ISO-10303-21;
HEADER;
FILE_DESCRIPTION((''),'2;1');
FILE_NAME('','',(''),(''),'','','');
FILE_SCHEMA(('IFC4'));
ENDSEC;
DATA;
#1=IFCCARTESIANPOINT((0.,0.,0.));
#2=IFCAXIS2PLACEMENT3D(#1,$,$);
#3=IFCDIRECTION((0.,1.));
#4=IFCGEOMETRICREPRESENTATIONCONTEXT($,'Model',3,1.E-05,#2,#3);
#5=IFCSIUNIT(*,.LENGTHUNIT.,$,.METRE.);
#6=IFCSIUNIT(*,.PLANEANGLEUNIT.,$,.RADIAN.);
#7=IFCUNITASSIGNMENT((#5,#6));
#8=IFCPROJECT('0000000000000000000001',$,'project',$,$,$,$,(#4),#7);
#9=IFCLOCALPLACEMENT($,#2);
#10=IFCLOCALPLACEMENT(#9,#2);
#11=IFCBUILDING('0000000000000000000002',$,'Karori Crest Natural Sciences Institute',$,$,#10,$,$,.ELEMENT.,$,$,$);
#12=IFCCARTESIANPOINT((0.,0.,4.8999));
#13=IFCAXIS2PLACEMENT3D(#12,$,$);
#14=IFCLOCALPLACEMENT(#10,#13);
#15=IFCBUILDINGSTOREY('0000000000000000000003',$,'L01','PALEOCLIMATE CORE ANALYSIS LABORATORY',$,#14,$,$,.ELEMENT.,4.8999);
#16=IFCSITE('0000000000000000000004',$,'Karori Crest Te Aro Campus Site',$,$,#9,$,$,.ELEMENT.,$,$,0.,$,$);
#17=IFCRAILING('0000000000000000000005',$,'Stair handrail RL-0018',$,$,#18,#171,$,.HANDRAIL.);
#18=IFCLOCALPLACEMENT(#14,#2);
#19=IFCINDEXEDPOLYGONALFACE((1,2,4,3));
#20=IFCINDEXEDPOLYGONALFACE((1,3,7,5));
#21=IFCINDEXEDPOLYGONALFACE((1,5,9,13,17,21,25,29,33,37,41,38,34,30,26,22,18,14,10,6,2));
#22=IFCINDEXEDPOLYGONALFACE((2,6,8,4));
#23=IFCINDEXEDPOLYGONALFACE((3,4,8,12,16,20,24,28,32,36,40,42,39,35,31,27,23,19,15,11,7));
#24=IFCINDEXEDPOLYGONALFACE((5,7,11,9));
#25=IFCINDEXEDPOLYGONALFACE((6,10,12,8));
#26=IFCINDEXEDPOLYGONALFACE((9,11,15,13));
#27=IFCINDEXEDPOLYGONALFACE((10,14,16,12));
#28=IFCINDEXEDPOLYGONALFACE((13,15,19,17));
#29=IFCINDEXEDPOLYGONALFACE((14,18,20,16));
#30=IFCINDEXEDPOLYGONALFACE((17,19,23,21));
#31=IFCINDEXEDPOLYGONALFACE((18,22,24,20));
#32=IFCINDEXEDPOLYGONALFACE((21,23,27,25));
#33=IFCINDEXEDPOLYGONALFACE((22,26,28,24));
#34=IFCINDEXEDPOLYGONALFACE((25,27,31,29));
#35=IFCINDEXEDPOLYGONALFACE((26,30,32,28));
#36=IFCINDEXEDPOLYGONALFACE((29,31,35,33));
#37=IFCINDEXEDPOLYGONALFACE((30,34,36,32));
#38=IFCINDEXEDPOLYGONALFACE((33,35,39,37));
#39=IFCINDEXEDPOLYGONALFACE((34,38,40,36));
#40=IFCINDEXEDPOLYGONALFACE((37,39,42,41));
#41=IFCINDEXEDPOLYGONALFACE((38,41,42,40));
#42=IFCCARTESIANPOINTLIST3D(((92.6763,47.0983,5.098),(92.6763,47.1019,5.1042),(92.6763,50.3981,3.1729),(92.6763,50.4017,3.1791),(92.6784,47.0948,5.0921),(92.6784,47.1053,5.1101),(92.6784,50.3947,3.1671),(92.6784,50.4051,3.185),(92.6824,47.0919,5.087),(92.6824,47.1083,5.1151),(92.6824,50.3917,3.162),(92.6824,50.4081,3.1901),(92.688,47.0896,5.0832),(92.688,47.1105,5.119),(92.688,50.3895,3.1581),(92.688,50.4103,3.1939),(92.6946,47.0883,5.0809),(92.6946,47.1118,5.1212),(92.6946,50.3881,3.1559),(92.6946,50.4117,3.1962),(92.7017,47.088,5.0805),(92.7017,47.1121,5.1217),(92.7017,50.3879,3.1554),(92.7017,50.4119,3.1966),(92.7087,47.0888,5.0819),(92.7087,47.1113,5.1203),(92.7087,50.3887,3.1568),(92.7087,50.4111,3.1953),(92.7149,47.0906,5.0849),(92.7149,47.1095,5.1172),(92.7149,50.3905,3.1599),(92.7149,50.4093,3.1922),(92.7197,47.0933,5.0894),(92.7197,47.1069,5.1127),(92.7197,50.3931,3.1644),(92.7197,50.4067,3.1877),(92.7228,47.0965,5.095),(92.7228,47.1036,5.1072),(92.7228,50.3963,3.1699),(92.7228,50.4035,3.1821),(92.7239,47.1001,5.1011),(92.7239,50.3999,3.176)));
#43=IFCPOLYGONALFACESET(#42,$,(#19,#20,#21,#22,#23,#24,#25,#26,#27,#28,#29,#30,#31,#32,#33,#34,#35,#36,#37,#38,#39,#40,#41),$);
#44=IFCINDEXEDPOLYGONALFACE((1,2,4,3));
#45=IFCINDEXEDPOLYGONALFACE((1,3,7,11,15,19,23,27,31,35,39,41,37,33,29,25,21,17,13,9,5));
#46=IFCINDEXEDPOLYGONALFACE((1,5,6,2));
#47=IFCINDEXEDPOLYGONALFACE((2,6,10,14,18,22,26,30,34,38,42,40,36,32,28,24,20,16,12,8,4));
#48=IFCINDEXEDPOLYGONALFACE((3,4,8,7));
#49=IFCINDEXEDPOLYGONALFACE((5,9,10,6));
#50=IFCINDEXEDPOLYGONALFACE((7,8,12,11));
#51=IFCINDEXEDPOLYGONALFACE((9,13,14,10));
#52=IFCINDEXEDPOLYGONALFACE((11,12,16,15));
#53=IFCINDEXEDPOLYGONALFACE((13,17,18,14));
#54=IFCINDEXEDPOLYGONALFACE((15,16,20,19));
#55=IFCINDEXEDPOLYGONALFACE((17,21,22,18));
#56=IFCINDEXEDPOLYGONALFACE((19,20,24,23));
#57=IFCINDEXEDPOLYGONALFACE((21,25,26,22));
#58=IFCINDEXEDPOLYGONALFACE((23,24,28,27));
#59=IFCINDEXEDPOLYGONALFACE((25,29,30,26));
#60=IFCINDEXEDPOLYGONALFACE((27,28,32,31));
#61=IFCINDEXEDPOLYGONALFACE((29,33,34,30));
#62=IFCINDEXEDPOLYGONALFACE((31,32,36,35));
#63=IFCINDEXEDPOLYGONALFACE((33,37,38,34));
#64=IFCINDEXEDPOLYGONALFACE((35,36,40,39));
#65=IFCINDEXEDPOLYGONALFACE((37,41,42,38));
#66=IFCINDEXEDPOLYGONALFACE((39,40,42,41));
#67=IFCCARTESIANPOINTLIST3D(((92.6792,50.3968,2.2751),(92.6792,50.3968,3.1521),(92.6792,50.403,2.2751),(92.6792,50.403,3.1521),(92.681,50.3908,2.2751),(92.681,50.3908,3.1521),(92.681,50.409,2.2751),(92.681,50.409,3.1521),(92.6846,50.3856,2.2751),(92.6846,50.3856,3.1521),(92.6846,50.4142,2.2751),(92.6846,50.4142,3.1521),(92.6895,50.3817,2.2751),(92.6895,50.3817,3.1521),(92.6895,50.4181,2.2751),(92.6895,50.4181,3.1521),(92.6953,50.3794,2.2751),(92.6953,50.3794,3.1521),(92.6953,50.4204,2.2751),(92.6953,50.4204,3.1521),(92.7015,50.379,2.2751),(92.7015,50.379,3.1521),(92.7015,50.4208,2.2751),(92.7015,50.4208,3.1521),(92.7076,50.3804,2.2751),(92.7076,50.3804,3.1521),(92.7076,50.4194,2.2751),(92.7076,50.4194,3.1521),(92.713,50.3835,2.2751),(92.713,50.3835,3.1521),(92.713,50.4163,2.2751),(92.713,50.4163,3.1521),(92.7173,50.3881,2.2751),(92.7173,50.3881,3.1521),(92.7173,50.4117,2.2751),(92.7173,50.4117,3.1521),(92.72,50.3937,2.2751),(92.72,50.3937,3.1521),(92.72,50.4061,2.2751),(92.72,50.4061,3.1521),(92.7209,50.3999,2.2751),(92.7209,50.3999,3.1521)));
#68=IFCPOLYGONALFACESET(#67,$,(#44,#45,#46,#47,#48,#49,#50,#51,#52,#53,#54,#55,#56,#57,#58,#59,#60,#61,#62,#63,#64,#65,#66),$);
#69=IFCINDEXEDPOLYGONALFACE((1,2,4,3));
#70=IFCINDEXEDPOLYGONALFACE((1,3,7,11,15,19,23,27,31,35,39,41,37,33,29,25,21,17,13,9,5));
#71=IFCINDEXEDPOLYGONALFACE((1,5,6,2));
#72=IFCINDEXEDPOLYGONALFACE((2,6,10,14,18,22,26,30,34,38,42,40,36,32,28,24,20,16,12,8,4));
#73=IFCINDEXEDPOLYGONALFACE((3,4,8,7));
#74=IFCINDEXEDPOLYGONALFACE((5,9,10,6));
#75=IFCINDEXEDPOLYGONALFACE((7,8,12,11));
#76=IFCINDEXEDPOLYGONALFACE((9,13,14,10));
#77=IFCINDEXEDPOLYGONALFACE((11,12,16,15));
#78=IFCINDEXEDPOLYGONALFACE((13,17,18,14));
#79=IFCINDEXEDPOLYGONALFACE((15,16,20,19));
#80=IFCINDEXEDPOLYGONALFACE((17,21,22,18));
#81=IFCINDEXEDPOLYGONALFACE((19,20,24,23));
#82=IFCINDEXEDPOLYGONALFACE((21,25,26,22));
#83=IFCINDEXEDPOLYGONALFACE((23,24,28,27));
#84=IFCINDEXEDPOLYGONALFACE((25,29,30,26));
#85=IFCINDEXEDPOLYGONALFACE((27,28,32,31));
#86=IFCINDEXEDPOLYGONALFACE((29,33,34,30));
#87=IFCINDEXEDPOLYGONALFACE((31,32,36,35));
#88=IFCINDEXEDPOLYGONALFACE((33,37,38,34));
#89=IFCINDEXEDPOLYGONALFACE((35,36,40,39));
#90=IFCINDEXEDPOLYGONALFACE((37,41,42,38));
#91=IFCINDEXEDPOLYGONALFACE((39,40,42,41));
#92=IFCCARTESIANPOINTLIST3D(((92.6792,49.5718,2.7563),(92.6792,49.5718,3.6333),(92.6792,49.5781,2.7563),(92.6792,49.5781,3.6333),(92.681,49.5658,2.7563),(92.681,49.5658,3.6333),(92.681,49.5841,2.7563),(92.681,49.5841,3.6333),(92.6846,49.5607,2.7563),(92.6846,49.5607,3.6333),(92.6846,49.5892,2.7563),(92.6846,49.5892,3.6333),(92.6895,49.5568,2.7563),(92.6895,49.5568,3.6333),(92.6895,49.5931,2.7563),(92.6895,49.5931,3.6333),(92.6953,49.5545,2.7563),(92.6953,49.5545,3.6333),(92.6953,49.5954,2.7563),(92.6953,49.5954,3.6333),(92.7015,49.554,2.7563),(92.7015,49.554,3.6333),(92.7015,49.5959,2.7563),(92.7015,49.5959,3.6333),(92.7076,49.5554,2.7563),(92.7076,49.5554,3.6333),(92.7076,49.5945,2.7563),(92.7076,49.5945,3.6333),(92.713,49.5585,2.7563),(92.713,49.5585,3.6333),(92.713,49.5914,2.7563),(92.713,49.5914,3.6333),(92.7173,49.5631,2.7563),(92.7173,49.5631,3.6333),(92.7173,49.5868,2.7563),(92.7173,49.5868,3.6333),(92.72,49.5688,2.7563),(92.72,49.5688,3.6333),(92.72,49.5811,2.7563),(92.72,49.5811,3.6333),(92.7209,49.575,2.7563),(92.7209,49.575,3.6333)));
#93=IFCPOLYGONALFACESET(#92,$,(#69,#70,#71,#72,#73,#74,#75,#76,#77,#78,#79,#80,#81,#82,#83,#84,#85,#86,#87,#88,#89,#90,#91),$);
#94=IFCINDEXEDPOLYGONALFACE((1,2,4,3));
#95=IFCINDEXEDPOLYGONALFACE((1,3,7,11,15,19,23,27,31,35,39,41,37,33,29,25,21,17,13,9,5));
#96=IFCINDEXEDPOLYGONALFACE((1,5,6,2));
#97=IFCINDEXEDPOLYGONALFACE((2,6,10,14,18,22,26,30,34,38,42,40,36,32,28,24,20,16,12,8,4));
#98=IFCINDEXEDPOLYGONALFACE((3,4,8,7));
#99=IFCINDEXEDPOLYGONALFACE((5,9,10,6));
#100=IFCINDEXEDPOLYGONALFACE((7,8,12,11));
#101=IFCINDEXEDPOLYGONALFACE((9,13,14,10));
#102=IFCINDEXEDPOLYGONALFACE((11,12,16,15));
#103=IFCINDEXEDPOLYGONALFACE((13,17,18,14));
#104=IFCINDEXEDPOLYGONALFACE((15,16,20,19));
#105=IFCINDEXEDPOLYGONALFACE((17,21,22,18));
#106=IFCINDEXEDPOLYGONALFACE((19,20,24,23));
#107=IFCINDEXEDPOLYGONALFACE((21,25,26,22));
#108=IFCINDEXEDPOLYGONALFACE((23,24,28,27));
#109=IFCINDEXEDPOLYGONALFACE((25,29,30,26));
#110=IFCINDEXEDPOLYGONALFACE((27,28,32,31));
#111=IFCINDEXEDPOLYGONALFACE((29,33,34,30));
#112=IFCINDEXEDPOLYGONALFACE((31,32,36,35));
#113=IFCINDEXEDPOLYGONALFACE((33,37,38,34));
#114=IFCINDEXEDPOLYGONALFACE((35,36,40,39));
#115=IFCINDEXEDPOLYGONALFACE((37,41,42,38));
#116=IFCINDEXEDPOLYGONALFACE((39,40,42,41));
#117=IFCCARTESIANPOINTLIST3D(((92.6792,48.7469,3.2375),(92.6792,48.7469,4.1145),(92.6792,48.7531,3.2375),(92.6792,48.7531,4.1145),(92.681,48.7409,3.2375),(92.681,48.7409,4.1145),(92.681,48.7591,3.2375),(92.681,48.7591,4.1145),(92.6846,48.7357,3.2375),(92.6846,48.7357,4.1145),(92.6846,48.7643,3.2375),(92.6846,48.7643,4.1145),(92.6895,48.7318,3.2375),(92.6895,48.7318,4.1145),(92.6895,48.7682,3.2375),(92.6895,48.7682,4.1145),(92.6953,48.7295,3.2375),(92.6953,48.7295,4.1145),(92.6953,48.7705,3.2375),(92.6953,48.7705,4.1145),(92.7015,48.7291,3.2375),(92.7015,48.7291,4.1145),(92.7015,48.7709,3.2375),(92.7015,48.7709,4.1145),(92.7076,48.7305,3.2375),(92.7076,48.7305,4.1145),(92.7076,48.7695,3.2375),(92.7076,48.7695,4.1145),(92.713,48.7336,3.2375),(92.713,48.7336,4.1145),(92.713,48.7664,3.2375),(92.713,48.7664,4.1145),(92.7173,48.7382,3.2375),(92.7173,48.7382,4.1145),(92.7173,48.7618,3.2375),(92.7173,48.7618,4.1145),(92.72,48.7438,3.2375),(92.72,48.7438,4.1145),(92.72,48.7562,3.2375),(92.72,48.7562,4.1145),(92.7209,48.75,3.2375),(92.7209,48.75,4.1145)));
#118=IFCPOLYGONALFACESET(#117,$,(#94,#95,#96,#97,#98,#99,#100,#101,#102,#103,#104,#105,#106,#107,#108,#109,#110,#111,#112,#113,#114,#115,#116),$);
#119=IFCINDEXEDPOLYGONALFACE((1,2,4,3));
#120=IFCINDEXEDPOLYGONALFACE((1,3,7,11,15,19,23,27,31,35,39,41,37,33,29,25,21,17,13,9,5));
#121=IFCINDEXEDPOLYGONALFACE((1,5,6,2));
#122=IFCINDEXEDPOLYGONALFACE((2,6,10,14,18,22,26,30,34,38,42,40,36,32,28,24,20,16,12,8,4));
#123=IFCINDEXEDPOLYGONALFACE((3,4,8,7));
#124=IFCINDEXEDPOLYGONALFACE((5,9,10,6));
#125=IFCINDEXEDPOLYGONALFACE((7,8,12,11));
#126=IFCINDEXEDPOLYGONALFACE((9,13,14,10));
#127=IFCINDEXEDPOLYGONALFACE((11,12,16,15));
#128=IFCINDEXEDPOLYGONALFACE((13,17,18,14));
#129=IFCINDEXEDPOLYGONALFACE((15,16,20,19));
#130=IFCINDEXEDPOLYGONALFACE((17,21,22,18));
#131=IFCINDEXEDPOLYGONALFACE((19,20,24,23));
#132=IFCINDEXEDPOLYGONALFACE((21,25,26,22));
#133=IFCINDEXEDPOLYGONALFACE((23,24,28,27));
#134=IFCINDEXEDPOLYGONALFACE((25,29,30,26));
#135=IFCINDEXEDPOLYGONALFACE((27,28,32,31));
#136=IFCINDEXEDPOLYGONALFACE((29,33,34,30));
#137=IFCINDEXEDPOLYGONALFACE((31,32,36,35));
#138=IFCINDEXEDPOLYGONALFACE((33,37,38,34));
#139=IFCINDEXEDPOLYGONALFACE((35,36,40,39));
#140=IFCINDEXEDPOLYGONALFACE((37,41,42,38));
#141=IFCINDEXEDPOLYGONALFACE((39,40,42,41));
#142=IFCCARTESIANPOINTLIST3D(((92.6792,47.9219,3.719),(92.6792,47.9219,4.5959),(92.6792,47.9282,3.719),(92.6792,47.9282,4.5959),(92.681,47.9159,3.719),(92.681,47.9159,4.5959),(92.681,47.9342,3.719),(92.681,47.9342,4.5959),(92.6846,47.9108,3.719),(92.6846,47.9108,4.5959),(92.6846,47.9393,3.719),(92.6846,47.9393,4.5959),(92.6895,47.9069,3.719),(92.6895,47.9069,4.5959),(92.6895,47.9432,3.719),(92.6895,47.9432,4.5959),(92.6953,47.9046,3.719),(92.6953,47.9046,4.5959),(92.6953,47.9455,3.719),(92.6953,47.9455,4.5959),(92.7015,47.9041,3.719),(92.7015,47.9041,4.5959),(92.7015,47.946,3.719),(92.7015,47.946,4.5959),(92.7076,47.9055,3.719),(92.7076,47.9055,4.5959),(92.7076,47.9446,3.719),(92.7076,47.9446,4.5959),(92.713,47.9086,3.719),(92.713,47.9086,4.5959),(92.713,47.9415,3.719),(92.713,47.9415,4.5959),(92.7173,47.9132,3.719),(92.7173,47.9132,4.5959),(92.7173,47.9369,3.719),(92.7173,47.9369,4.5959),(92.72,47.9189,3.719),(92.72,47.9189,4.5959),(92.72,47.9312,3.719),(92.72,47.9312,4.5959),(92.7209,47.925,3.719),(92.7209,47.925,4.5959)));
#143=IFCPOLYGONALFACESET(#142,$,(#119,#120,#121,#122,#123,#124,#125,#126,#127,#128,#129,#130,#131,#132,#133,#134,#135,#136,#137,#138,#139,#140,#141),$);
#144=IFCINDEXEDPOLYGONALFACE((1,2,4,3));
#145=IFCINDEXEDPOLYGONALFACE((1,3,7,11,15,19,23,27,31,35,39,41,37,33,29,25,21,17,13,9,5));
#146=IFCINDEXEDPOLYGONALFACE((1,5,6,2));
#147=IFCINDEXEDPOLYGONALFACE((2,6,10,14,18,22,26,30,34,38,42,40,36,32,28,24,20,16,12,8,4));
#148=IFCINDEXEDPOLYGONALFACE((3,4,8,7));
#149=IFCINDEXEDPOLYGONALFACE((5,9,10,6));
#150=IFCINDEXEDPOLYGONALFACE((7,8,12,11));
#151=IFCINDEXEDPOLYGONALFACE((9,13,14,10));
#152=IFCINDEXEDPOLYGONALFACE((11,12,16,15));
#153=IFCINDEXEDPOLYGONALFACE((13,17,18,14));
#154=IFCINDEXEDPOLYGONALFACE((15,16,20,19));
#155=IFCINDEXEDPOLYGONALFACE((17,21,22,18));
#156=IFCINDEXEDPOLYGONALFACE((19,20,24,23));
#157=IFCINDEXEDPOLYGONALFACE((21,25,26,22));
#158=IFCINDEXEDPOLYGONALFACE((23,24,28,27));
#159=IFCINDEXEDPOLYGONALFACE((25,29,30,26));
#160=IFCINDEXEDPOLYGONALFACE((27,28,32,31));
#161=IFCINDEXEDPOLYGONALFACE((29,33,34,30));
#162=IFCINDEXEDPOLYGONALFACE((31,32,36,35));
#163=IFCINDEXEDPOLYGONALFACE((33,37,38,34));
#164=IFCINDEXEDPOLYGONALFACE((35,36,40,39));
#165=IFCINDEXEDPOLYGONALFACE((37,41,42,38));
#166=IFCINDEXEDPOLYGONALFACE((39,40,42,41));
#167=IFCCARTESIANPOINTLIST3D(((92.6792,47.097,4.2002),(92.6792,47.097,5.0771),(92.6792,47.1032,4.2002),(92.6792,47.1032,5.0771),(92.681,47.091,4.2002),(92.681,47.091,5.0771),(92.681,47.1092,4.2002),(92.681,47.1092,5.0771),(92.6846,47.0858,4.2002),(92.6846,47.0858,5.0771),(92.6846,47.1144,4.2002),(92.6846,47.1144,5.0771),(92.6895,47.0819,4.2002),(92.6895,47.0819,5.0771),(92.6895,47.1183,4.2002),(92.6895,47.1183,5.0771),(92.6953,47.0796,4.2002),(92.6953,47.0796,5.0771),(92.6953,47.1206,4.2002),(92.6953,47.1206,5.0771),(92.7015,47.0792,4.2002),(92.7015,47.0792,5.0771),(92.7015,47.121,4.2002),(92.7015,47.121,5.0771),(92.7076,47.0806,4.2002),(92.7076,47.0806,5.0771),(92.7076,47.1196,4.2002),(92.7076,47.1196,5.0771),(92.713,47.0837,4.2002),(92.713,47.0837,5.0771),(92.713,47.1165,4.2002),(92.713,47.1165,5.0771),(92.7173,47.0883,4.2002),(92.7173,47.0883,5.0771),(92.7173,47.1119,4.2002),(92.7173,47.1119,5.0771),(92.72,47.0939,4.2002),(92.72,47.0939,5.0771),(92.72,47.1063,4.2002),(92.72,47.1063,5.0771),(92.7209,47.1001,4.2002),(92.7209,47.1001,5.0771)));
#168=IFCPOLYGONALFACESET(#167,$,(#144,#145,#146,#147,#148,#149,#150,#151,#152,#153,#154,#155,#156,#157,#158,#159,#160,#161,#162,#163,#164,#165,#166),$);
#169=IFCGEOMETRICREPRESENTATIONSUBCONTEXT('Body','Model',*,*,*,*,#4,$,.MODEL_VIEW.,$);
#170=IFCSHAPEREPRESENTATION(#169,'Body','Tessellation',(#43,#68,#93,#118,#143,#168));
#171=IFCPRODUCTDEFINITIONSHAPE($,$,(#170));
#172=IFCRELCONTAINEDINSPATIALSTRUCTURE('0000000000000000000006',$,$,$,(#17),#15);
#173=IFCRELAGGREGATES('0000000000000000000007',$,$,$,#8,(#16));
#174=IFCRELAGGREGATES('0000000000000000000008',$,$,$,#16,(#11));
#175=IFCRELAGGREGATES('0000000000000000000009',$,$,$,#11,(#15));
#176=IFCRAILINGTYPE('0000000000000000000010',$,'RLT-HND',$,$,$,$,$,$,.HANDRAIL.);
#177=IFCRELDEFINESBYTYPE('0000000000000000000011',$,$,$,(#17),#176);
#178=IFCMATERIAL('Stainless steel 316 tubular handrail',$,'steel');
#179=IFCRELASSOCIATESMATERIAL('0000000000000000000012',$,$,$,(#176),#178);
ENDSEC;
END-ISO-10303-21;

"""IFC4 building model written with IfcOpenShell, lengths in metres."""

from ifc_helpers import new_model, si_unit, direction, frame, origin, origin_2d, place, context, subcontext, project, spatial, circle, extrude, material, type_object, element, save


model = new_model("IFC4")

# Units and contexts
model_context = context("Model", 3, precision=1e-05, world=origin(), true_north=direction((0.0, 1.0)))
body_context = subcontext(model_context, "Body", "Model", "MODEL_VIEW")
ifc_project = project(units=[si_unit("LENGTHUNIT", "METRE"), si_unit("PLANEANGLEUNIT", "RADIAN")], contexts=[model_context])

# Site, building, storey
site_placement = place(None, origin())
site = spatial("IfcSite", under=ifc_project, at=site_placement, Name="Karori Crest Te Aro Campus Site", CompositionType="ELEMENT", RefElevation=0.0)
building_placement = place(site_placement, origin())
building = spatial("IfcBuilding", under=site, at=building_placement, Name="Karori Crest Natural Sciences Institute", CompositionType="ELEMENT")
storey_placement = place(building_placement, frame((0.0, 0.0, 4.8999)))
storey = spatial("IfcBuildingStorey", under=building, at=storey_placement, Name="L01", Description="PALEOCLIMATE CORE ANALYSIS LABORATORY", CompositionType="ELEMENT", Elevation=4.8999)

# Railing
ifc_material_1 = material(Name="Stainless steel 316 tubular handrail", Category="steel")
railing_type_1 = type_object("IfcRailingType", Name="RLT-HND", PredefinedType="HANDRAIL", material=ifc_material_1)
railing_1_placement = place(storey_placement, frame((92.7, 50.3999, 2.2751)))
element("IfcRailing", 1, at=railing_1_placement, inside=storey, type_object=railing_type_1, Name="Stair handrail RL-0018", PredefinedType="HANDRAIL", context=body_context, shape_type="SweptSolid", body=[
    extrude(circle(Radius=0.0239, at=origin_2d()), frame((0.0, 0.0, 0.9009), z_axis=(0.0, -0.86376, 0.503903), x_axis=(1.0, 0.0, 0.0)), (0.0, 0.0, 1.0), 3.8203),
    extrude(circle(Radius=0.021, at=origin_2d()), origin(), (0.0, 0.0, 1.0), 0.877),
    extrude(circle(Radius=0.021, at=origin_2d()), frame((0.0, -0.825, 0.4812)), (0.0, 0.0, 1.0), 0.877),
    extrude(circle(Radius=0.021, at=origin_2d()), frame((0.0, -1.6499, 0.9624)), (0.0, 0.0, 1.0), 0.877),
    extrude(circle(Radius=0.021, at=origin_2d()), frame((0.0, -2.4749, 1.4438)), (0.0, 0.0, 1.0), 0.877),
    extrude(circle(Radius=0.021, at=origin_2d()), frame((0.0, -3.2998, 1.925)), (0.0, 0.0, 1.0), 0.877),
])

save(model, "model.ifc")
